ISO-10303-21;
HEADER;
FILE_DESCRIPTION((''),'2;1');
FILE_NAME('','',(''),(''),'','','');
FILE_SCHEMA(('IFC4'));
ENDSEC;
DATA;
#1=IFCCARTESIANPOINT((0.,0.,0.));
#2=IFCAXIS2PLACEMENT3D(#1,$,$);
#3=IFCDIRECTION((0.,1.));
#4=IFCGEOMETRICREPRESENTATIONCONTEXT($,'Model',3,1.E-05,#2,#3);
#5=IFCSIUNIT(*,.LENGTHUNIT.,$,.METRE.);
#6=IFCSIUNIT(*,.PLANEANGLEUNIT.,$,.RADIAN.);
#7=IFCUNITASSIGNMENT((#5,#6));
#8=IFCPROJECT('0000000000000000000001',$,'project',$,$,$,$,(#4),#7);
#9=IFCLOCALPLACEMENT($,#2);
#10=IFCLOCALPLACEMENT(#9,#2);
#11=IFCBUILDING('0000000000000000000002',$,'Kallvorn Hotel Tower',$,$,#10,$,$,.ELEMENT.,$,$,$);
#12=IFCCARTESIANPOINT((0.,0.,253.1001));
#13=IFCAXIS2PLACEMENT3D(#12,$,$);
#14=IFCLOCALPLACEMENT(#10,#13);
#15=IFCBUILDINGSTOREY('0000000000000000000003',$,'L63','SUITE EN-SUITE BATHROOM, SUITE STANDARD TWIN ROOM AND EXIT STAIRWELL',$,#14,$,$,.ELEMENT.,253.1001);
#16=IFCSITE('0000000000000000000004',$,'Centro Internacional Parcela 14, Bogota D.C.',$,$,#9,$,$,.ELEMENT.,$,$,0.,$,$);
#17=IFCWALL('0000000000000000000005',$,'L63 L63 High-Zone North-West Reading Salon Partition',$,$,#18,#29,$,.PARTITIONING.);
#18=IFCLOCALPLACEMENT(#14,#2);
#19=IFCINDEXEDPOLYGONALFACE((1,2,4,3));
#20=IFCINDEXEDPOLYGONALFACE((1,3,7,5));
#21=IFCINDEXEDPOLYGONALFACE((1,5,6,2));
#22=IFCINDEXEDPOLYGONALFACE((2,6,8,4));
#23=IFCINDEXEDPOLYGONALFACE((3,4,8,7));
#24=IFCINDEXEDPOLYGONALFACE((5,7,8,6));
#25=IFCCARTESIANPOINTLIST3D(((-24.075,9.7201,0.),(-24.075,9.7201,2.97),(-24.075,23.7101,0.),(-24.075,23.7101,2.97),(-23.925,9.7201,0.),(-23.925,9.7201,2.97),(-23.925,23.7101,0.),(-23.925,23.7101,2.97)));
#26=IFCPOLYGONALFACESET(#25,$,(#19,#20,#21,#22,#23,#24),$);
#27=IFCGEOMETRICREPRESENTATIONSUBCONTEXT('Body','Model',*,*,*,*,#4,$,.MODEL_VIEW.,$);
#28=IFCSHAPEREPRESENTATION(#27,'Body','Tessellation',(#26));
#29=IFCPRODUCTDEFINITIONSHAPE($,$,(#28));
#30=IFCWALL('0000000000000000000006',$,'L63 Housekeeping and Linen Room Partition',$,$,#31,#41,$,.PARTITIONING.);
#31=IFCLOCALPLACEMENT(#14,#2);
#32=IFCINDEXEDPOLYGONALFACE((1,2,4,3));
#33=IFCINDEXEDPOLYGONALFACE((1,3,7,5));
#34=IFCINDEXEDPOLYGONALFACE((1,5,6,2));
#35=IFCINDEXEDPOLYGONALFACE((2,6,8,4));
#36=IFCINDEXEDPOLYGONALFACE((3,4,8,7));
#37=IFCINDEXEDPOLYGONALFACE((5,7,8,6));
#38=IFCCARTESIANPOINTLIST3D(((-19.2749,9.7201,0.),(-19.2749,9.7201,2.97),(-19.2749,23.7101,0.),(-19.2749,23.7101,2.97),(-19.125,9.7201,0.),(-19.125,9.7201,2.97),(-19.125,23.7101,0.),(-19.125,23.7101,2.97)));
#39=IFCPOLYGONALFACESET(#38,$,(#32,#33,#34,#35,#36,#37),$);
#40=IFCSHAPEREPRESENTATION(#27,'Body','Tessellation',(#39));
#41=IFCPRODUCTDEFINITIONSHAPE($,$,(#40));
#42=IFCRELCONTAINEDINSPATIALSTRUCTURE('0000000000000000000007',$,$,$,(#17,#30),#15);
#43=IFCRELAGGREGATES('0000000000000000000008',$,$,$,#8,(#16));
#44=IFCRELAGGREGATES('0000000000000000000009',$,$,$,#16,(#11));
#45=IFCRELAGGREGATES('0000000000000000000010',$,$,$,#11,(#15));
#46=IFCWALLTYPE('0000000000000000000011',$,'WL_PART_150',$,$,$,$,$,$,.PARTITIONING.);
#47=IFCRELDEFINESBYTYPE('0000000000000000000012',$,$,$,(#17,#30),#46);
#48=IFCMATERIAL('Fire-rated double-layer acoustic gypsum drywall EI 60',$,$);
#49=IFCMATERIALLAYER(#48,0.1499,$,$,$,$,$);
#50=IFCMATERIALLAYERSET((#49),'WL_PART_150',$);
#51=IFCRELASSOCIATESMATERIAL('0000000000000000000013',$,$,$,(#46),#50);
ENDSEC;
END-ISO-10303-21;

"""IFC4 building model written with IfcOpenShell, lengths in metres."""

from ifc_helpers import new_model, si_unit, direction, frame, frame_2d, origin, place, context, subcontext, project, spatial, rectangle, extrude, material, layer, layer_set, type_object, element, save


model = new_model("IFC4")

# Units and contexts
model_context = context("Model", 3, precision=1e-05, world=origin(), true_north=direction((0.0, 1.0)))
body_context = subcontext(model_context, "Body", "Model", "MODEL_VIEW")
ifc_project = project(units=[si_unit("LENGTHUNIT", "METRE"), si_unit("PLANEANGLEUNIT", "RADIAN")], contexts=[model_context])

# Site, building, storey
site_placement = place(None, origin())
site = spatial("IfcSite", under=ifc_project, at=site_placement, Name="Centro Internacional Parcela 14, Bogota D.C.", CompositionType="ELEMENT", RefElevation=0.0)
building_placement = place(site_placement, origin())
building = spatial("IfcBuilding", under=site, at=building_placement, Name="Kallvorn Hotel Tower", CompositionType="ELEMENT")
storey_placement = place(building_placement, frame((0.0, 0.0, 253.1001)))
storey = spatial("IfcBuildingStorey", under=building, at=storey_placement, Name="L63", Description="SUITE EN-SUITE BATHROOM, SUITE STANDARD TWIN ROOM AND EXIT STAIRWELL", CompositionType="ELEMENT", Elevation=253.1001)

# Walls
ifc_material_1 = material(Name="Fire-rated double-layer acoustic gypsum drywall EI 60")
ifc_layer_1 = layer(ifc_material_1, 0.1499)
ifc_layer_set_1 = layer_set([ifc_layer_1], Name="WL_PART_150")
wall_type_1 = type_object("IfcWallType", Name="WL_PART_150", PredefinedType="PARTITIONING", material=ifc_layer_set_1)
for number, where, z_axis, x_axis, name in (
    (1, (-24.0, 9.72, 0.0), (0.0, 0.0, 1.0), (0.0, 1.0, 0.0), "L63 L63 High-Zone North-West Reading Salon Partition"),
    (2, (-19.2, 9.72, 0.0), (0.0, 0.0, 1.0), (0.0, 1.0, 0.0), "L63 Housekeeping and Linen Room Partition"),
):
    element("IfcWall", number, at=place(storey_placement, frame(where, z_axis=z_axis, x_axis=x_axis)), inside=storey, type_object=wall_type_1, Name=name, PredefinedType="PARTITIONING", context=body_context, shape_type="SweptSolid", body=[
        extrude(rectangle(XDim=13.99, YDim=0.1499, at=frame_2d((6.9951, 0.0))), origin(), (0.0, 0.0, 1.0), 2.97),
    ])

save(model, "model.ifc")
